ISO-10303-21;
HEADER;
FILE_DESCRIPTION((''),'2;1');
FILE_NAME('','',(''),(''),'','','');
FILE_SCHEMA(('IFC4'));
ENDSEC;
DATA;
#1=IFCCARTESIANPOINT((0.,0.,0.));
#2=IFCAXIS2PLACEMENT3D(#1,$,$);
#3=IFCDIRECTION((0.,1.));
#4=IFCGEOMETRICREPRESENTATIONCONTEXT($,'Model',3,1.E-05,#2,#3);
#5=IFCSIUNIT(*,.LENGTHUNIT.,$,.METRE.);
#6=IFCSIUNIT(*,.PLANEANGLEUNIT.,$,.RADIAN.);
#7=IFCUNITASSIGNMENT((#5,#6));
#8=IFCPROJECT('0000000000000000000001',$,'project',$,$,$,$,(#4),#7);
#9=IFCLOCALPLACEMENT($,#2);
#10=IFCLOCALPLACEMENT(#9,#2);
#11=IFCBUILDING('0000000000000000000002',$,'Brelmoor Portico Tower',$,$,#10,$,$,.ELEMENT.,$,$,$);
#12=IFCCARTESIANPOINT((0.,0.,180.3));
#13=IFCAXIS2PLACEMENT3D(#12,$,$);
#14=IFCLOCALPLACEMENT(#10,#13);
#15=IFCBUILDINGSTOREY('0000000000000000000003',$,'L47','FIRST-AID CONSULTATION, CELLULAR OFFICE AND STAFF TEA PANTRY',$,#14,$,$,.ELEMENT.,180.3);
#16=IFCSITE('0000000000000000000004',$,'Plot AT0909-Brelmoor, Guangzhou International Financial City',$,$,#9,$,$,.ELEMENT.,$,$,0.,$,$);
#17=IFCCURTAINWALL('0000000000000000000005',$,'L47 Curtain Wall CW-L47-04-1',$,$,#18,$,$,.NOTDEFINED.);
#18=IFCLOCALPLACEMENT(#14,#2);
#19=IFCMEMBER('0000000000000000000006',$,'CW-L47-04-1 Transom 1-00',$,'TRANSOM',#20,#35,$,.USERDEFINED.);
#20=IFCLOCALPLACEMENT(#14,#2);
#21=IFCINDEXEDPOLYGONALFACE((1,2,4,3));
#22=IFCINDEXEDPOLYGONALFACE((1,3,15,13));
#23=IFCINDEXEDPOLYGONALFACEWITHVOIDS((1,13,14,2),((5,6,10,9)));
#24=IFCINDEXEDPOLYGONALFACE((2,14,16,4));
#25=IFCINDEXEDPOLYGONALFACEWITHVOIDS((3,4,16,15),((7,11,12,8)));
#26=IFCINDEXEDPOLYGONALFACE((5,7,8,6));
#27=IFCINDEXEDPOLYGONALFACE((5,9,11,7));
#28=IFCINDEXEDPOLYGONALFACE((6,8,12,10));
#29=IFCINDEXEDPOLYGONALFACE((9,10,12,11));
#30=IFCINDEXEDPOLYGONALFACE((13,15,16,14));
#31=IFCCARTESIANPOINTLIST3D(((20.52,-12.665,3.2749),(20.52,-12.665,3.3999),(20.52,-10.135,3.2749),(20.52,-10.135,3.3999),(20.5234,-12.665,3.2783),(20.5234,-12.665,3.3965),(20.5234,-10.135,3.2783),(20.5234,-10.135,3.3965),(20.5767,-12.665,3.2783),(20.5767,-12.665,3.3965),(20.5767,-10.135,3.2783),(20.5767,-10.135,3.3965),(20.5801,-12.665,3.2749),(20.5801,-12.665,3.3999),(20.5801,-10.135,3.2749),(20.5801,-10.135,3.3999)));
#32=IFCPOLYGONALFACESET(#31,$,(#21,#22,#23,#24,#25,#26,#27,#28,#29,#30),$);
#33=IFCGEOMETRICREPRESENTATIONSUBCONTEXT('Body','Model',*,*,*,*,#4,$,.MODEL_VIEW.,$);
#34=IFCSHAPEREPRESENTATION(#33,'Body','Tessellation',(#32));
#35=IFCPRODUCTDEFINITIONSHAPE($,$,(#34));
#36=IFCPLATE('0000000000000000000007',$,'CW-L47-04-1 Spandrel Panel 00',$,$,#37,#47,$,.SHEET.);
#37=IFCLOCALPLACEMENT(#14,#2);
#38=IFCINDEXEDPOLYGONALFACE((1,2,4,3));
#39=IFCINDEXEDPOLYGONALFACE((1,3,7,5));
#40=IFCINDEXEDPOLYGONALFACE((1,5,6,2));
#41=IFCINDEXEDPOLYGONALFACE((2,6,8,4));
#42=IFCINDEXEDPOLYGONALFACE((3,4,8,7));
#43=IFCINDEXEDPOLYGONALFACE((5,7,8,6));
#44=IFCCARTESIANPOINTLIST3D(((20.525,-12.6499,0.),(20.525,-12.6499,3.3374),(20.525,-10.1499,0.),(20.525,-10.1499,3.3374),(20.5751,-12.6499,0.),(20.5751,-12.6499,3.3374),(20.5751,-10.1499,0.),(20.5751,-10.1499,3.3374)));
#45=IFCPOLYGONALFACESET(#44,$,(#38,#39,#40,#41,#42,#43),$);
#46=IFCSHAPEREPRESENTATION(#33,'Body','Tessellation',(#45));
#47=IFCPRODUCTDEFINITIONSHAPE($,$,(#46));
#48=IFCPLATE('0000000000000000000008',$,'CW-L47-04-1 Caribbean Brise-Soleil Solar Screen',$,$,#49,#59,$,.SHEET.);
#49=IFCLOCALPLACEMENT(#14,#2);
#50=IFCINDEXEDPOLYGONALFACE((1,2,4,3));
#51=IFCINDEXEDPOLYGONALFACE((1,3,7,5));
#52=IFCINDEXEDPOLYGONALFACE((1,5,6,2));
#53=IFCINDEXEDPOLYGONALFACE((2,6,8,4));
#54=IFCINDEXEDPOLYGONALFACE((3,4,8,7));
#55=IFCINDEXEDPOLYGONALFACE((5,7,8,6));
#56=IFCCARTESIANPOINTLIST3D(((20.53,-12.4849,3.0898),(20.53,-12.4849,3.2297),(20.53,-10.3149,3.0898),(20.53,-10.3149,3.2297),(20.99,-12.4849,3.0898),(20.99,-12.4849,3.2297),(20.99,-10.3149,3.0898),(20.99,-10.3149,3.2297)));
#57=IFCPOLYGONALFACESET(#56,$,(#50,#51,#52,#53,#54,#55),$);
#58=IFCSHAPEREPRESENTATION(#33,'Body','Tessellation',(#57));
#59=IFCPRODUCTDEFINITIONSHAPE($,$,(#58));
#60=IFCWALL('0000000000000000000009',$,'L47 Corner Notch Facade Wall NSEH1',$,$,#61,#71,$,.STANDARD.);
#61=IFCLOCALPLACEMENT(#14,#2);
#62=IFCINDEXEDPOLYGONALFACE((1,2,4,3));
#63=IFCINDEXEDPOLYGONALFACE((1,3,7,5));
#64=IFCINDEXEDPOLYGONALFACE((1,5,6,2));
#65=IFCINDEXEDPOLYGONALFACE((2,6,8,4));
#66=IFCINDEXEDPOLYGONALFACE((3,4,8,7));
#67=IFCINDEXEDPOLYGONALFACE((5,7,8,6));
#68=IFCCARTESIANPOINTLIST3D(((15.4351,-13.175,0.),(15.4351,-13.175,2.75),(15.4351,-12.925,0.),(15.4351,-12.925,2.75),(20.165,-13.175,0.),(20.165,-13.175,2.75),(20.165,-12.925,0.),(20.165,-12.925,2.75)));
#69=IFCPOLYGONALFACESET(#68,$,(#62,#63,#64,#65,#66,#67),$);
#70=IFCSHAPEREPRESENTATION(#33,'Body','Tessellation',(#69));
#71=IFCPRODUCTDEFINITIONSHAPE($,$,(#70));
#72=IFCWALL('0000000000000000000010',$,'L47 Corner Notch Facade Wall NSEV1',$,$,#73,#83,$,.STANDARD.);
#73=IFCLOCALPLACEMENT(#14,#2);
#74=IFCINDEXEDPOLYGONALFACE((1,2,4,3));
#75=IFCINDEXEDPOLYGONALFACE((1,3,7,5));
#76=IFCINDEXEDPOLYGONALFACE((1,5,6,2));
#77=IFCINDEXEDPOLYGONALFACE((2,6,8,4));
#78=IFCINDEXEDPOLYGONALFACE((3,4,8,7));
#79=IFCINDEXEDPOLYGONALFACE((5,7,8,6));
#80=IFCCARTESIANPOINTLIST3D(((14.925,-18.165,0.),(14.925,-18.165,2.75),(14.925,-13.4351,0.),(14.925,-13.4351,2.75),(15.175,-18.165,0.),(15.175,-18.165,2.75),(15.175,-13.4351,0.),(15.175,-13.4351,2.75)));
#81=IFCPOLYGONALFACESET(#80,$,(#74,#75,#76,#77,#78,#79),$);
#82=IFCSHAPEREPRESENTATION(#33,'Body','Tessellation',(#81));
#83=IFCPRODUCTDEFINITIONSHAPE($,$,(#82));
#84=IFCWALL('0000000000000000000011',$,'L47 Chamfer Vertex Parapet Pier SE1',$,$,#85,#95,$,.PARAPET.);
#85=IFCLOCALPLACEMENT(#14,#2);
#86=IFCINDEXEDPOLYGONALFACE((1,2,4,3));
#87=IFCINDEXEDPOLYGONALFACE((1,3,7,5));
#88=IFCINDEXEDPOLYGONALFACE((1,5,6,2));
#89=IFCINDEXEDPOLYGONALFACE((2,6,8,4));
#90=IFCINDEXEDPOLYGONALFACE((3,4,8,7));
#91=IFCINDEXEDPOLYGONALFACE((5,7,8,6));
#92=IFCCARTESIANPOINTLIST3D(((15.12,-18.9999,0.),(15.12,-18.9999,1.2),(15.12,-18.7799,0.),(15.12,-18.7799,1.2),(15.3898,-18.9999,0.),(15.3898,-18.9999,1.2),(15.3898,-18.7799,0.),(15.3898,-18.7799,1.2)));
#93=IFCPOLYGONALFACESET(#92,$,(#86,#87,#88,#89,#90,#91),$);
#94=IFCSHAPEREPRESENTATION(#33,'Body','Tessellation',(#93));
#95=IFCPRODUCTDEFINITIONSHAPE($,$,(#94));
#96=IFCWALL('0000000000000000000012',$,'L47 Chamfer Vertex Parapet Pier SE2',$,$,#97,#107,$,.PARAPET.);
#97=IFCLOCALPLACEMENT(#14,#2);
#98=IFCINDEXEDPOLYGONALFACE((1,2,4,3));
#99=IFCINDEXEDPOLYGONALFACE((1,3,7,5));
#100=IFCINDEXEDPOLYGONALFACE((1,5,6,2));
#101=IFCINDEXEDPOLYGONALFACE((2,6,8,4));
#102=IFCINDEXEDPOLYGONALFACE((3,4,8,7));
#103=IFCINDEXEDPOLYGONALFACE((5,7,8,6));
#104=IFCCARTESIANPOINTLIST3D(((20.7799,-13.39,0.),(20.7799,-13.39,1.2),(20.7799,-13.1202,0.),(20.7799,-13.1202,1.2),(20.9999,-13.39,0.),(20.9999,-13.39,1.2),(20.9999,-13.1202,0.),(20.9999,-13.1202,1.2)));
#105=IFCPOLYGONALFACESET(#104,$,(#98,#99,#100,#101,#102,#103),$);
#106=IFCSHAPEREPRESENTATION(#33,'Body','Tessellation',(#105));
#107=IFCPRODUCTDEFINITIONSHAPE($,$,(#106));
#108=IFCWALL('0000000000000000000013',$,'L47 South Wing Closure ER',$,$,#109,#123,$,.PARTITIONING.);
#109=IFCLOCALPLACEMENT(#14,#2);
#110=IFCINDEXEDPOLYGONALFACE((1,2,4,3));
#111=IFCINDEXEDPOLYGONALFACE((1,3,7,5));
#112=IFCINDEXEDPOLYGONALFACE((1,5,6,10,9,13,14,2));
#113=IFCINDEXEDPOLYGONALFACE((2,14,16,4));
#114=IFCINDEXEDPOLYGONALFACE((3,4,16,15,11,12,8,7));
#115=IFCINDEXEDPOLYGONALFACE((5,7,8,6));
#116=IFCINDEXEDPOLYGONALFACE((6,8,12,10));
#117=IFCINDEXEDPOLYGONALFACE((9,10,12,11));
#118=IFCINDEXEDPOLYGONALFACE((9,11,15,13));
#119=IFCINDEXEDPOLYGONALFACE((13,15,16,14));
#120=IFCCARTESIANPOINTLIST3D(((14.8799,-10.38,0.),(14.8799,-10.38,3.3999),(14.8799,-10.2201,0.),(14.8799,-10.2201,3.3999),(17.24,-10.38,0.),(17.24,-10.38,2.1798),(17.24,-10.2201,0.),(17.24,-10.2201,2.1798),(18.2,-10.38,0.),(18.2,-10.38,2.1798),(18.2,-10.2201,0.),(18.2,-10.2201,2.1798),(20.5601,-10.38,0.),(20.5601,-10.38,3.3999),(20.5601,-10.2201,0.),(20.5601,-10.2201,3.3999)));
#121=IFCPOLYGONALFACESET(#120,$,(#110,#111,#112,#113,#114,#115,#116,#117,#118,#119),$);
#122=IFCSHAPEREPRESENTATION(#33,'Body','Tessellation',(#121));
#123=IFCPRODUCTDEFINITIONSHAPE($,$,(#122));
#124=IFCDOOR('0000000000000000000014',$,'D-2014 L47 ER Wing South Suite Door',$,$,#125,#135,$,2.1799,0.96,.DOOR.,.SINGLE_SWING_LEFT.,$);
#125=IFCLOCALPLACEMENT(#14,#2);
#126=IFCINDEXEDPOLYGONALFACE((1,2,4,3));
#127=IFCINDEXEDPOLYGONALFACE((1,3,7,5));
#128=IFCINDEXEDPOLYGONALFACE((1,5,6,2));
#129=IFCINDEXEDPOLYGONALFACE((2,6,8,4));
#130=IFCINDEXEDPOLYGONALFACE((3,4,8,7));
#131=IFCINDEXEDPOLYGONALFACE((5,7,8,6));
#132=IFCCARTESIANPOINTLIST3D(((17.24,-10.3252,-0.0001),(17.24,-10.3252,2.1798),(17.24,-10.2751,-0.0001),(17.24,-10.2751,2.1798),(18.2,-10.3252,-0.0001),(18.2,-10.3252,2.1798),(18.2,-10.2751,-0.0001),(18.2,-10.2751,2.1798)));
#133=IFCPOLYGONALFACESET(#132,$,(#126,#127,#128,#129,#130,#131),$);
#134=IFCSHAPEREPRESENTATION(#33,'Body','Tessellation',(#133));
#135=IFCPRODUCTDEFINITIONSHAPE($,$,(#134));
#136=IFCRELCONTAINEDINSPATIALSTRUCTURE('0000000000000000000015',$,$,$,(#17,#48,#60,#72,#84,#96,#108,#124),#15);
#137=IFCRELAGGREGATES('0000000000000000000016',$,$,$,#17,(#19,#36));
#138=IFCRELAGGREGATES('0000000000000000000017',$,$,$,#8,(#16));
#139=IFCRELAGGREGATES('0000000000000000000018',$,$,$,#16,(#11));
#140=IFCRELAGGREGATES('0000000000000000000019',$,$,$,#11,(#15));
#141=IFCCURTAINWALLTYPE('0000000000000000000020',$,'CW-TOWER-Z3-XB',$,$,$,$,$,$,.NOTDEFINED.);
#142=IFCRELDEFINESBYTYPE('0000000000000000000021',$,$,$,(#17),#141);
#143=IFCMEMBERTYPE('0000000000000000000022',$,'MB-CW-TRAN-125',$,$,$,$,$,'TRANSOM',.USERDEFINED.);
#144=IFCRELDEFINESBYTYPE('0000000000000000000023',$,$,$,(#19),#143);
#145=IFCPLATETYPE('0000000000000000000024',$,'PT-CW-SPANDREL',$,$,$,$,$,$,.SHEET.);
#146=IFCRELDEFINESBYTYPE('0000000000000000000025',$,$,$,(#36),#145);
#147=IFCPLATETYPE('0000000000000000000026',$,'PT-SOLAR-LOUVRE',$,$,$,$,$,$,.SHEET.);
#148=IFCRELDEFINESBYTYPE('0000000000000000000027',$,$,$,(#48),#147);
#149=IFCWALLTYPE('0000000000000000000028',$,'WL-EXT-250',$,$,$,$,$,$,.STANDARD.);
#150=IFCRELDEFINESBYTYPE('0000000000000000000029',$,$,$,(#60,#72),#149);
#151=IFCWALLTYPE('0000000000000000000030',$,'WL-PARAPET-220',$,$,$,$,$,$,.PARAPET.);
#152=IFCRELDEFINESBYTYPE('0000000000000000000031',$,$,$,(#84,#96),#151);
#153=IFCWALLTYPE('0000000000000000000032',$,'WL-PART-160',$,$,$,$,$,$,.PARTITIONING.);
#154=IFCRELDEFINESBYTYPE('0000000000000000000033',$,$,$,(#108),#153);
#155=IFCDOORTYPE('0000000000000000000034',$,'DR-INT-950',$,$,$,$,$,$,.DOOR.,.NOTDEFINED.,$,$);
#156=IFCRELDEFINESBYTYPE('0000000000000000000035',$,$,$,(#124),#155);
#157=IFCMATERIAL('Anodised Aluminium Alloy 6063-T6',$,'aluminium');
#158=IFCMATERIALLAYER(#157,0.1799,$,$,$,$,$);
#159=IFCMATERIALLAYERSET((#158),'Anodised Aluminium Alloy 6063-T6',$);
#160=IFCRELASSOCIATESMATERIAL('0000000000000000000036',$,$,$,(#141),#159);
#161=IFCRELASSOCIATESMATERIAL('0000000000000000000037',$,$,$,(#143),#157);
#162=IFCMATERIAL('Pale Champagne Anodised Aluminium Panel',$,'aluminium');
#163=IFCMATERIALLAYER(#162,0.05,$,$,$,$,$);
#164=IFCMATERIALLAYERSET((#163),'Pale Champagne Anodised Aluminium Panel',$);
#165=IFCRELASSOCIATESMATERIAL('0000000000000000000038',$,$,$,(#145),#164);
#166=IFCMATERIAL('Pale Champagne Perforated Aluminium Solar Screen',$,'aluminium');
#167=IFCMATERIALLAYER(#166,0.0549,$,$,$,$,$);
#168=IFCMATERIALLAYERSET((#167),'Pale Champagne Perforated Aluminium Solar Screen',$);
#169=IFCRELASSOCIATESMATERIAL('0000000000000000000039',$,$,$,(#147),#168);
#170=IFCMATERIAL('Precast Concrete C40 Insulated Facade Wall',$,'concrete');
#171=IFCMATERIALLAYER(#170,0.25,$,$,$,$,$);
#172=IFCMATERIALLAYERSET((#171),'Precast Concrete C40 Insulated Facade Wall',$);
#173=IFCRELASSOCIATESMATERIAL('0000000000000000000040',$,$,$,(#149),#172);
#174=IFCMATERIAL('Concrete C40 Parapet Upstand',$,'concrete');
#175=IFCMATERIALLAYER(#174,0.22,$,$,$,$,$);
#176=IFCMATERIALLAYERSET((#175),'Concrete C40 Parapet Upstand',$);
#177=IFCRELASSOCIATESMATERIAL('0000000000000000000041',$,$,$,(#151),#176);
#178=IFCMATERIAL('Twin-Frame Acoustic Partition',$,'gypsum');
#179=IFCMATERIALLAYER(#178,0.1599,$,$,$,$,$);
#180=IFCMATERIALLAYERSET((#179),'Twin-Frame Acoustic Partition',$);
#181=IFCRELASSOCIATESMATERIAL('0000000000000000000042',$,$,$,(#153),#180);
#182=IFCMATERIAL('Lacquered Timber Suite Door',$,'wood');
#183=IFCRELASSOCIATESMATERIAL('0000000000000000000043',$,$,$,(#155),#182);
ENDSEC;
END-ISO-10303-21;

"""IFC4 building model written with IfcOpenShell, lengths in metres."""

from ifc_helpers import new_model, si_unit, direction, frame, frame_2d, origin, origin_2d, place, context, subcontext, project, spatial, rectangle, hollow_rectangle, extrude, material, layer, layer_set, material_profile, profile_set, type_object, element, fill, aggregate, save


model = new_model("IFC4")

# Units and contexts
model_context = context("Model", 3, precision=1e-05, world=origin(), true_north=direction((0.0, 1.0)))
body_context = subcontext(model_context, "Body", "Model", "MODEL_VIEW")
ifc_project = project(units=[si_unit("LENGTHUNIT", "METRE"), si_unit("PLANEANGLEUNIT", "RADIAN")], contexts=[model_context])

# Site, building, storey
site_placement = place(None, origin())
site = spatial("IfcSite", under=ifc_project, at=site_placement, Name="Plot AT0909-Brelmoor, Guangzhou International Financial City", CompositionType="ELEMENT", RefElevation=0.0)
building_placement = place(site_placement, origin())
building = spatial("IfcBuilding", under=site, at=building_placement, Name="Brelmoor Portico Tower", CompositionType="ELEMENT")
storey_placement = place(building_placement, frame((0.0, 0.0, 180.3)))
storey = spatial("IfcBuildingStorey", under=building, at=storey_placement, Name="L47", Description="FIRST-AID CONSULTATION, CELLULAR OFFICE AND STAFF TEA PANTRY", CompositionType="ELEMENT", Elevation=180.3)

# Shared definitions
ifc_material_1 = material(Name="Anodised Aluminium Alloy 6063-T6", Category="aluminium")
ifc_layer_1 = layer(ifc_material_1, 0.1799)
ifc_layer_set_1 = layer_set([ifc_layer_1], Name="Anodised Aluminium Alloy 6063-T6")
curtain_wall_type = type_object("IfcCurtainWallType", Name="CW-TOWER-Z3-XB", PredefinedType="NOTDEFINED", material=ifc_layer_set_1)

# Curtain wall, member, plate
curtain_wall_1_placement = place(storey_placement, origin())
curtain_wall_1 = element("IfcCurtainWall", 1, at=curtain_wall_1_placement, inside=storey, type_object=curtain_wall_type, Name="L47 Curtain Wall CW-L47-04-1", PredefinedType="NOTDEFINED")
ifc_material_profile_1 = material_profile(ifc_material_1, hollow_rectangle(XDim=0.0601, YDim=0.125, WallThickness=0.0034, at=origin_2d()), Name="ALU TRANSOM 60x125")
ifc_profile_set_1 = profile_set([ifc_material_profile_1], Name="Anodised Aluminium Alloy 6063-T6")
member_type_1 = type_object("IfcMemberType", Name="MB-CW-TRAN-125", ElementType="TRANSOM", PredefinedType="USERDEFINED", material=ifc_profile_set_1)
member_1_placement = place(storey_placement, frame((20.55, -12.665, 3.3374), z_axis=(0.0, 1.0, 0.0), x_axis=(-1.0, 0.0, 0.0)))
member_1 = element("IfcMember", 2, at=member_1_placement, type_object=member_type_1, Name="CW-L47-04-1 Transom 1-00", ObjectType="TRANSOM", PredefinedType="USERDEFINED", context=body_context, shape_type="SweptSolid", body=[
    extrude(hollow_rectangle(XDim=0.0601, YDim=0.125, WallThickness=0.0034, at=origin_2d()), origin(), (0.0, 0.0, 1.0), 2.53),
])
ifc_material_2 = material(Name="Pale Champagne Anodised Aluminium Panel", Category="aluminium")
ifc_layer_2 = layer(ifc_material_2, 0.05)
ifc_layer_set_2 = layer_set([ifc_layer_2], Name="Pale Champagne Anodised Aluminium Panel")
plate_type_1 = type_object("IfcPlateType", Name="PT-CW-SPANDREL", PredefinedType="SHEET", material=ifc_layer_set_2)
plate_1_placement = place(storey_placement, frame((20.55, -11.3999, 0.0), z_axis=(0.0, 0.0, 1.0), x_axis=(0.0, 1.0, 0.0)))
plate_1 = element("IfcPlate", 3, at=plate_1_placement, type_object=plate_type_1, Name="CW-L47-04-1 Spandrel Panel 00", PredefinedType="SHEET", context=body_context, shape_type="SweptSolid", body=[
    extrude(rectangle(XDim=2.5, YDim=0.05, at=origin_2d()), origin(), (0.0, 0.0, 1.0), 3.3374),
])
aggregate(curtain_wall_1, [member_1, plate_1])

# Plate
ifc_material_3 = material(Name="Pale Champagne Perforated Aluminium Solar Screen", Category="aluminium")
ifc_layer_3 = layer(ifc_material_3, 0.0549)
ifc_layer_set_3 = layer_set([ifc_layer_3], Name="Pale Champagne Perforated Aluminium Solar Screen")
plate_type_2 = type_object("IfcPlateType", Name="PT-SOLAR-LOUVRE", PredefinedType="SHEET", material=ifc_layer_set_3)
plate_2_placement = place(storey_placement, frame((20.76, -11.3999, 3.0898), z_axis=(0.0, 0.0, 1.0), x_axis=(0.0, 1.0, 0.0)))
element("IfcPlate", 4, at=plate_2_placement, inside=storey, type_object=plate_type_2, Name="CW-L47-04-1 Caribbean Brise-Soleil Solar Screen", PredefinedType="SHEET", context=body_context, shape_type="SweptSolid", body=[
    extrude(rectangle(XDim=2.1699, YDim=0.46, at=origin_2d()), origin(), (0.0, 0.0, 1.0), 0.1399),
])

# Walls
ifc_material_4 = material(Name="Precast Concrete C40 Insulated Facade Wall", Category="concrete")
ifc_layer_4 = layer(ifc_material_4, 0.25)
ifc_layer_set_4 = layer_set([ifc_layer_4], Name="Precast Concrete C40 Insulated Facade Wall")
wall_type_1 = type_object("IfcWallType", Name="WL-EXT-250", PredefinedType="STANDARD", material=ifc_layer_set_4)
for number, where, z_axis, x_axis, name in (
    (5, (15.4351, -13.05, 0.0), (0.0, 0.0, 1.0), (1.0, 0.0, 0.0), "L47 Corner Notch Facade Wall NSEH1"),
    (6, (15.05, -18.165, 0.0), (0.0, 0.0, 1.0), (0.0, 1.0, 0.0), "L47 Corner Notch Facade Wall NSEV1"),
):
    element("IfcWall", number, at=place(storey_placement, frame(where, z_axis=z_axis, x_axis=x_axis)), inside=storey, type_object=wall_type_1, Name=name, PredefinedType="STANDARD", context=body_context, shape_type="SweptSolid", body=[
        extrude(rectangle(XDim=4.73, YDim=0.25, at=frame_2d((2.365, 0.0))), origin(), (0.0, 0.0, 1.0), 2.75),
    ])
ifc_material_5 = material(Name="Concrete C40 Parapet Upstand", Category="concrete")
ifc_layer_5 = layer(ifc_material_5, 0.22)
ifc_layer_set_5 = layer_set([ifc_layer_5], Name="Concrete C40 Parapet Upstand")
wall_type_2 = type_object("IfcWallType", Name="WL-PARAPET-220", PredefinedType="PARAPET", material=ifc_layer_set_5)
for number, where, z_axis, x_axis, name in (
    (7, (15.1201, -18.8899, 0.0), (0.0, 0.0, 1.0), (1.0, 0.0, 0.0), "L47 Chamfer Vertex Parapet Pier SE1"),
    (8, (20.8899, -13.3899, 0.0), (0.0, 0.0, 1.0), (0.0, 1.0, 0.0), "L47 Chamfer Vertex Parapet Pier SE2"),
):
    element("IfcWall", number, at=place(storey_placement, frame(where, z_axis=z_axis, x_axis=x_axis)), inside=storey, type_object=wall_type_2, Name=name, PredefinedType="PARAPET", context=body_context, shape_type="SweptSolid", body=[
        extrude(rectangle(XDim=0.2698, YDim=0.22, at=frame_2d((0.1348, 0.0))), origin(), (0.0, 0.0, 1.0), 1.2),
    ])

# Wall, opening, door
ifc_material_6 = material(Name="Twin-Frame Acoustic Partition", Category="gypsum")
ifc_layer_6 = layer(ifc_material_6, 0.1599)
ifc_layer_set_6 = layer_set([ifc_layer_6], Name="Twin-Frame Acoustic Partition")
wall_type_3 = type_object("IfcWallType", Name="WL-PART-160", PredefinedType="PARTITIONING", material=ifc_layer_set_6)
wall_placement = place(storey_placement, frame((14.8799, -10.3, 0.0), z_axis=(0.0, 0.0, 1.0), x_axis=(1.0, 0.0, 0.0)))
wall = element("IfcWall", 9, at=wall_placement, inside=storey, type_object=wall_type_3, Name="L47 South Wing Closure ER", PredefinedType="PARTITIONING", context=body_context, shape_type="SweptSolid", body=[
    extrude(rectangle(XDim=5.6802, YDim=0.1599, at=frame_2d((2.8401, 0.0))), origin(), (0.0, 0.0, 1.0), 3.3999),
])
opening_placement = place(wall_placement, frame((2.3601, 0.0, 0.0)))
opening = element("IfcOpeningElement", 10, at=opening_placement, cuts=wall, PredefinedType="OPENING", context=body_context, shape_type="SweptSolid", body=[
    extrude(rectangle(XDim=0.96, YDim=2.1799, at=frame_2d((0.48, 1.0898))), frame((0.0, 0.0898, 0.0), z_axis=(0.0, -1.0, 0.0), x_axis=(1.0, 0.0, 0.0)), (0.0, 0.0, 1.0), 0.1799),
])
ifc_material_7 = material(Name="Lacquered Timber Suite Door", Category="wood")
door_type = type_object("IfcDoorType", Name="DR-INT-950", OperationType="NOTDEFINED", PredefinedType="DOOR", material=ifc_material_7)
door_placement = place(opening_placement, origin())
door = element("IfcDoor", 11, at=door_placement, inside=storey, type_object=door_type, Name="D-2014 L47 ER Wing South Suite Door", OperationType="SINGLE_SWING_LEFT", OverallHeight=2.1799, OverallWidth=0.96, PredefinedType="DOOR", context=body_context, shape_type="SweptSolid", body=[
    extrude(rectangle(XDim=0.96, YDim=2.1799, at=frame_2d((0.48, 1.0898))), frame((0.0, 0.0249, 0.0), z_axis=(0.0, -1.0, 0.0), x_axis=(1.0, 0.0, 0.0)), (0.0, 0.0, 1.0), 0.05),
])
fill(opening, door)

save(model, "model.ifc")
